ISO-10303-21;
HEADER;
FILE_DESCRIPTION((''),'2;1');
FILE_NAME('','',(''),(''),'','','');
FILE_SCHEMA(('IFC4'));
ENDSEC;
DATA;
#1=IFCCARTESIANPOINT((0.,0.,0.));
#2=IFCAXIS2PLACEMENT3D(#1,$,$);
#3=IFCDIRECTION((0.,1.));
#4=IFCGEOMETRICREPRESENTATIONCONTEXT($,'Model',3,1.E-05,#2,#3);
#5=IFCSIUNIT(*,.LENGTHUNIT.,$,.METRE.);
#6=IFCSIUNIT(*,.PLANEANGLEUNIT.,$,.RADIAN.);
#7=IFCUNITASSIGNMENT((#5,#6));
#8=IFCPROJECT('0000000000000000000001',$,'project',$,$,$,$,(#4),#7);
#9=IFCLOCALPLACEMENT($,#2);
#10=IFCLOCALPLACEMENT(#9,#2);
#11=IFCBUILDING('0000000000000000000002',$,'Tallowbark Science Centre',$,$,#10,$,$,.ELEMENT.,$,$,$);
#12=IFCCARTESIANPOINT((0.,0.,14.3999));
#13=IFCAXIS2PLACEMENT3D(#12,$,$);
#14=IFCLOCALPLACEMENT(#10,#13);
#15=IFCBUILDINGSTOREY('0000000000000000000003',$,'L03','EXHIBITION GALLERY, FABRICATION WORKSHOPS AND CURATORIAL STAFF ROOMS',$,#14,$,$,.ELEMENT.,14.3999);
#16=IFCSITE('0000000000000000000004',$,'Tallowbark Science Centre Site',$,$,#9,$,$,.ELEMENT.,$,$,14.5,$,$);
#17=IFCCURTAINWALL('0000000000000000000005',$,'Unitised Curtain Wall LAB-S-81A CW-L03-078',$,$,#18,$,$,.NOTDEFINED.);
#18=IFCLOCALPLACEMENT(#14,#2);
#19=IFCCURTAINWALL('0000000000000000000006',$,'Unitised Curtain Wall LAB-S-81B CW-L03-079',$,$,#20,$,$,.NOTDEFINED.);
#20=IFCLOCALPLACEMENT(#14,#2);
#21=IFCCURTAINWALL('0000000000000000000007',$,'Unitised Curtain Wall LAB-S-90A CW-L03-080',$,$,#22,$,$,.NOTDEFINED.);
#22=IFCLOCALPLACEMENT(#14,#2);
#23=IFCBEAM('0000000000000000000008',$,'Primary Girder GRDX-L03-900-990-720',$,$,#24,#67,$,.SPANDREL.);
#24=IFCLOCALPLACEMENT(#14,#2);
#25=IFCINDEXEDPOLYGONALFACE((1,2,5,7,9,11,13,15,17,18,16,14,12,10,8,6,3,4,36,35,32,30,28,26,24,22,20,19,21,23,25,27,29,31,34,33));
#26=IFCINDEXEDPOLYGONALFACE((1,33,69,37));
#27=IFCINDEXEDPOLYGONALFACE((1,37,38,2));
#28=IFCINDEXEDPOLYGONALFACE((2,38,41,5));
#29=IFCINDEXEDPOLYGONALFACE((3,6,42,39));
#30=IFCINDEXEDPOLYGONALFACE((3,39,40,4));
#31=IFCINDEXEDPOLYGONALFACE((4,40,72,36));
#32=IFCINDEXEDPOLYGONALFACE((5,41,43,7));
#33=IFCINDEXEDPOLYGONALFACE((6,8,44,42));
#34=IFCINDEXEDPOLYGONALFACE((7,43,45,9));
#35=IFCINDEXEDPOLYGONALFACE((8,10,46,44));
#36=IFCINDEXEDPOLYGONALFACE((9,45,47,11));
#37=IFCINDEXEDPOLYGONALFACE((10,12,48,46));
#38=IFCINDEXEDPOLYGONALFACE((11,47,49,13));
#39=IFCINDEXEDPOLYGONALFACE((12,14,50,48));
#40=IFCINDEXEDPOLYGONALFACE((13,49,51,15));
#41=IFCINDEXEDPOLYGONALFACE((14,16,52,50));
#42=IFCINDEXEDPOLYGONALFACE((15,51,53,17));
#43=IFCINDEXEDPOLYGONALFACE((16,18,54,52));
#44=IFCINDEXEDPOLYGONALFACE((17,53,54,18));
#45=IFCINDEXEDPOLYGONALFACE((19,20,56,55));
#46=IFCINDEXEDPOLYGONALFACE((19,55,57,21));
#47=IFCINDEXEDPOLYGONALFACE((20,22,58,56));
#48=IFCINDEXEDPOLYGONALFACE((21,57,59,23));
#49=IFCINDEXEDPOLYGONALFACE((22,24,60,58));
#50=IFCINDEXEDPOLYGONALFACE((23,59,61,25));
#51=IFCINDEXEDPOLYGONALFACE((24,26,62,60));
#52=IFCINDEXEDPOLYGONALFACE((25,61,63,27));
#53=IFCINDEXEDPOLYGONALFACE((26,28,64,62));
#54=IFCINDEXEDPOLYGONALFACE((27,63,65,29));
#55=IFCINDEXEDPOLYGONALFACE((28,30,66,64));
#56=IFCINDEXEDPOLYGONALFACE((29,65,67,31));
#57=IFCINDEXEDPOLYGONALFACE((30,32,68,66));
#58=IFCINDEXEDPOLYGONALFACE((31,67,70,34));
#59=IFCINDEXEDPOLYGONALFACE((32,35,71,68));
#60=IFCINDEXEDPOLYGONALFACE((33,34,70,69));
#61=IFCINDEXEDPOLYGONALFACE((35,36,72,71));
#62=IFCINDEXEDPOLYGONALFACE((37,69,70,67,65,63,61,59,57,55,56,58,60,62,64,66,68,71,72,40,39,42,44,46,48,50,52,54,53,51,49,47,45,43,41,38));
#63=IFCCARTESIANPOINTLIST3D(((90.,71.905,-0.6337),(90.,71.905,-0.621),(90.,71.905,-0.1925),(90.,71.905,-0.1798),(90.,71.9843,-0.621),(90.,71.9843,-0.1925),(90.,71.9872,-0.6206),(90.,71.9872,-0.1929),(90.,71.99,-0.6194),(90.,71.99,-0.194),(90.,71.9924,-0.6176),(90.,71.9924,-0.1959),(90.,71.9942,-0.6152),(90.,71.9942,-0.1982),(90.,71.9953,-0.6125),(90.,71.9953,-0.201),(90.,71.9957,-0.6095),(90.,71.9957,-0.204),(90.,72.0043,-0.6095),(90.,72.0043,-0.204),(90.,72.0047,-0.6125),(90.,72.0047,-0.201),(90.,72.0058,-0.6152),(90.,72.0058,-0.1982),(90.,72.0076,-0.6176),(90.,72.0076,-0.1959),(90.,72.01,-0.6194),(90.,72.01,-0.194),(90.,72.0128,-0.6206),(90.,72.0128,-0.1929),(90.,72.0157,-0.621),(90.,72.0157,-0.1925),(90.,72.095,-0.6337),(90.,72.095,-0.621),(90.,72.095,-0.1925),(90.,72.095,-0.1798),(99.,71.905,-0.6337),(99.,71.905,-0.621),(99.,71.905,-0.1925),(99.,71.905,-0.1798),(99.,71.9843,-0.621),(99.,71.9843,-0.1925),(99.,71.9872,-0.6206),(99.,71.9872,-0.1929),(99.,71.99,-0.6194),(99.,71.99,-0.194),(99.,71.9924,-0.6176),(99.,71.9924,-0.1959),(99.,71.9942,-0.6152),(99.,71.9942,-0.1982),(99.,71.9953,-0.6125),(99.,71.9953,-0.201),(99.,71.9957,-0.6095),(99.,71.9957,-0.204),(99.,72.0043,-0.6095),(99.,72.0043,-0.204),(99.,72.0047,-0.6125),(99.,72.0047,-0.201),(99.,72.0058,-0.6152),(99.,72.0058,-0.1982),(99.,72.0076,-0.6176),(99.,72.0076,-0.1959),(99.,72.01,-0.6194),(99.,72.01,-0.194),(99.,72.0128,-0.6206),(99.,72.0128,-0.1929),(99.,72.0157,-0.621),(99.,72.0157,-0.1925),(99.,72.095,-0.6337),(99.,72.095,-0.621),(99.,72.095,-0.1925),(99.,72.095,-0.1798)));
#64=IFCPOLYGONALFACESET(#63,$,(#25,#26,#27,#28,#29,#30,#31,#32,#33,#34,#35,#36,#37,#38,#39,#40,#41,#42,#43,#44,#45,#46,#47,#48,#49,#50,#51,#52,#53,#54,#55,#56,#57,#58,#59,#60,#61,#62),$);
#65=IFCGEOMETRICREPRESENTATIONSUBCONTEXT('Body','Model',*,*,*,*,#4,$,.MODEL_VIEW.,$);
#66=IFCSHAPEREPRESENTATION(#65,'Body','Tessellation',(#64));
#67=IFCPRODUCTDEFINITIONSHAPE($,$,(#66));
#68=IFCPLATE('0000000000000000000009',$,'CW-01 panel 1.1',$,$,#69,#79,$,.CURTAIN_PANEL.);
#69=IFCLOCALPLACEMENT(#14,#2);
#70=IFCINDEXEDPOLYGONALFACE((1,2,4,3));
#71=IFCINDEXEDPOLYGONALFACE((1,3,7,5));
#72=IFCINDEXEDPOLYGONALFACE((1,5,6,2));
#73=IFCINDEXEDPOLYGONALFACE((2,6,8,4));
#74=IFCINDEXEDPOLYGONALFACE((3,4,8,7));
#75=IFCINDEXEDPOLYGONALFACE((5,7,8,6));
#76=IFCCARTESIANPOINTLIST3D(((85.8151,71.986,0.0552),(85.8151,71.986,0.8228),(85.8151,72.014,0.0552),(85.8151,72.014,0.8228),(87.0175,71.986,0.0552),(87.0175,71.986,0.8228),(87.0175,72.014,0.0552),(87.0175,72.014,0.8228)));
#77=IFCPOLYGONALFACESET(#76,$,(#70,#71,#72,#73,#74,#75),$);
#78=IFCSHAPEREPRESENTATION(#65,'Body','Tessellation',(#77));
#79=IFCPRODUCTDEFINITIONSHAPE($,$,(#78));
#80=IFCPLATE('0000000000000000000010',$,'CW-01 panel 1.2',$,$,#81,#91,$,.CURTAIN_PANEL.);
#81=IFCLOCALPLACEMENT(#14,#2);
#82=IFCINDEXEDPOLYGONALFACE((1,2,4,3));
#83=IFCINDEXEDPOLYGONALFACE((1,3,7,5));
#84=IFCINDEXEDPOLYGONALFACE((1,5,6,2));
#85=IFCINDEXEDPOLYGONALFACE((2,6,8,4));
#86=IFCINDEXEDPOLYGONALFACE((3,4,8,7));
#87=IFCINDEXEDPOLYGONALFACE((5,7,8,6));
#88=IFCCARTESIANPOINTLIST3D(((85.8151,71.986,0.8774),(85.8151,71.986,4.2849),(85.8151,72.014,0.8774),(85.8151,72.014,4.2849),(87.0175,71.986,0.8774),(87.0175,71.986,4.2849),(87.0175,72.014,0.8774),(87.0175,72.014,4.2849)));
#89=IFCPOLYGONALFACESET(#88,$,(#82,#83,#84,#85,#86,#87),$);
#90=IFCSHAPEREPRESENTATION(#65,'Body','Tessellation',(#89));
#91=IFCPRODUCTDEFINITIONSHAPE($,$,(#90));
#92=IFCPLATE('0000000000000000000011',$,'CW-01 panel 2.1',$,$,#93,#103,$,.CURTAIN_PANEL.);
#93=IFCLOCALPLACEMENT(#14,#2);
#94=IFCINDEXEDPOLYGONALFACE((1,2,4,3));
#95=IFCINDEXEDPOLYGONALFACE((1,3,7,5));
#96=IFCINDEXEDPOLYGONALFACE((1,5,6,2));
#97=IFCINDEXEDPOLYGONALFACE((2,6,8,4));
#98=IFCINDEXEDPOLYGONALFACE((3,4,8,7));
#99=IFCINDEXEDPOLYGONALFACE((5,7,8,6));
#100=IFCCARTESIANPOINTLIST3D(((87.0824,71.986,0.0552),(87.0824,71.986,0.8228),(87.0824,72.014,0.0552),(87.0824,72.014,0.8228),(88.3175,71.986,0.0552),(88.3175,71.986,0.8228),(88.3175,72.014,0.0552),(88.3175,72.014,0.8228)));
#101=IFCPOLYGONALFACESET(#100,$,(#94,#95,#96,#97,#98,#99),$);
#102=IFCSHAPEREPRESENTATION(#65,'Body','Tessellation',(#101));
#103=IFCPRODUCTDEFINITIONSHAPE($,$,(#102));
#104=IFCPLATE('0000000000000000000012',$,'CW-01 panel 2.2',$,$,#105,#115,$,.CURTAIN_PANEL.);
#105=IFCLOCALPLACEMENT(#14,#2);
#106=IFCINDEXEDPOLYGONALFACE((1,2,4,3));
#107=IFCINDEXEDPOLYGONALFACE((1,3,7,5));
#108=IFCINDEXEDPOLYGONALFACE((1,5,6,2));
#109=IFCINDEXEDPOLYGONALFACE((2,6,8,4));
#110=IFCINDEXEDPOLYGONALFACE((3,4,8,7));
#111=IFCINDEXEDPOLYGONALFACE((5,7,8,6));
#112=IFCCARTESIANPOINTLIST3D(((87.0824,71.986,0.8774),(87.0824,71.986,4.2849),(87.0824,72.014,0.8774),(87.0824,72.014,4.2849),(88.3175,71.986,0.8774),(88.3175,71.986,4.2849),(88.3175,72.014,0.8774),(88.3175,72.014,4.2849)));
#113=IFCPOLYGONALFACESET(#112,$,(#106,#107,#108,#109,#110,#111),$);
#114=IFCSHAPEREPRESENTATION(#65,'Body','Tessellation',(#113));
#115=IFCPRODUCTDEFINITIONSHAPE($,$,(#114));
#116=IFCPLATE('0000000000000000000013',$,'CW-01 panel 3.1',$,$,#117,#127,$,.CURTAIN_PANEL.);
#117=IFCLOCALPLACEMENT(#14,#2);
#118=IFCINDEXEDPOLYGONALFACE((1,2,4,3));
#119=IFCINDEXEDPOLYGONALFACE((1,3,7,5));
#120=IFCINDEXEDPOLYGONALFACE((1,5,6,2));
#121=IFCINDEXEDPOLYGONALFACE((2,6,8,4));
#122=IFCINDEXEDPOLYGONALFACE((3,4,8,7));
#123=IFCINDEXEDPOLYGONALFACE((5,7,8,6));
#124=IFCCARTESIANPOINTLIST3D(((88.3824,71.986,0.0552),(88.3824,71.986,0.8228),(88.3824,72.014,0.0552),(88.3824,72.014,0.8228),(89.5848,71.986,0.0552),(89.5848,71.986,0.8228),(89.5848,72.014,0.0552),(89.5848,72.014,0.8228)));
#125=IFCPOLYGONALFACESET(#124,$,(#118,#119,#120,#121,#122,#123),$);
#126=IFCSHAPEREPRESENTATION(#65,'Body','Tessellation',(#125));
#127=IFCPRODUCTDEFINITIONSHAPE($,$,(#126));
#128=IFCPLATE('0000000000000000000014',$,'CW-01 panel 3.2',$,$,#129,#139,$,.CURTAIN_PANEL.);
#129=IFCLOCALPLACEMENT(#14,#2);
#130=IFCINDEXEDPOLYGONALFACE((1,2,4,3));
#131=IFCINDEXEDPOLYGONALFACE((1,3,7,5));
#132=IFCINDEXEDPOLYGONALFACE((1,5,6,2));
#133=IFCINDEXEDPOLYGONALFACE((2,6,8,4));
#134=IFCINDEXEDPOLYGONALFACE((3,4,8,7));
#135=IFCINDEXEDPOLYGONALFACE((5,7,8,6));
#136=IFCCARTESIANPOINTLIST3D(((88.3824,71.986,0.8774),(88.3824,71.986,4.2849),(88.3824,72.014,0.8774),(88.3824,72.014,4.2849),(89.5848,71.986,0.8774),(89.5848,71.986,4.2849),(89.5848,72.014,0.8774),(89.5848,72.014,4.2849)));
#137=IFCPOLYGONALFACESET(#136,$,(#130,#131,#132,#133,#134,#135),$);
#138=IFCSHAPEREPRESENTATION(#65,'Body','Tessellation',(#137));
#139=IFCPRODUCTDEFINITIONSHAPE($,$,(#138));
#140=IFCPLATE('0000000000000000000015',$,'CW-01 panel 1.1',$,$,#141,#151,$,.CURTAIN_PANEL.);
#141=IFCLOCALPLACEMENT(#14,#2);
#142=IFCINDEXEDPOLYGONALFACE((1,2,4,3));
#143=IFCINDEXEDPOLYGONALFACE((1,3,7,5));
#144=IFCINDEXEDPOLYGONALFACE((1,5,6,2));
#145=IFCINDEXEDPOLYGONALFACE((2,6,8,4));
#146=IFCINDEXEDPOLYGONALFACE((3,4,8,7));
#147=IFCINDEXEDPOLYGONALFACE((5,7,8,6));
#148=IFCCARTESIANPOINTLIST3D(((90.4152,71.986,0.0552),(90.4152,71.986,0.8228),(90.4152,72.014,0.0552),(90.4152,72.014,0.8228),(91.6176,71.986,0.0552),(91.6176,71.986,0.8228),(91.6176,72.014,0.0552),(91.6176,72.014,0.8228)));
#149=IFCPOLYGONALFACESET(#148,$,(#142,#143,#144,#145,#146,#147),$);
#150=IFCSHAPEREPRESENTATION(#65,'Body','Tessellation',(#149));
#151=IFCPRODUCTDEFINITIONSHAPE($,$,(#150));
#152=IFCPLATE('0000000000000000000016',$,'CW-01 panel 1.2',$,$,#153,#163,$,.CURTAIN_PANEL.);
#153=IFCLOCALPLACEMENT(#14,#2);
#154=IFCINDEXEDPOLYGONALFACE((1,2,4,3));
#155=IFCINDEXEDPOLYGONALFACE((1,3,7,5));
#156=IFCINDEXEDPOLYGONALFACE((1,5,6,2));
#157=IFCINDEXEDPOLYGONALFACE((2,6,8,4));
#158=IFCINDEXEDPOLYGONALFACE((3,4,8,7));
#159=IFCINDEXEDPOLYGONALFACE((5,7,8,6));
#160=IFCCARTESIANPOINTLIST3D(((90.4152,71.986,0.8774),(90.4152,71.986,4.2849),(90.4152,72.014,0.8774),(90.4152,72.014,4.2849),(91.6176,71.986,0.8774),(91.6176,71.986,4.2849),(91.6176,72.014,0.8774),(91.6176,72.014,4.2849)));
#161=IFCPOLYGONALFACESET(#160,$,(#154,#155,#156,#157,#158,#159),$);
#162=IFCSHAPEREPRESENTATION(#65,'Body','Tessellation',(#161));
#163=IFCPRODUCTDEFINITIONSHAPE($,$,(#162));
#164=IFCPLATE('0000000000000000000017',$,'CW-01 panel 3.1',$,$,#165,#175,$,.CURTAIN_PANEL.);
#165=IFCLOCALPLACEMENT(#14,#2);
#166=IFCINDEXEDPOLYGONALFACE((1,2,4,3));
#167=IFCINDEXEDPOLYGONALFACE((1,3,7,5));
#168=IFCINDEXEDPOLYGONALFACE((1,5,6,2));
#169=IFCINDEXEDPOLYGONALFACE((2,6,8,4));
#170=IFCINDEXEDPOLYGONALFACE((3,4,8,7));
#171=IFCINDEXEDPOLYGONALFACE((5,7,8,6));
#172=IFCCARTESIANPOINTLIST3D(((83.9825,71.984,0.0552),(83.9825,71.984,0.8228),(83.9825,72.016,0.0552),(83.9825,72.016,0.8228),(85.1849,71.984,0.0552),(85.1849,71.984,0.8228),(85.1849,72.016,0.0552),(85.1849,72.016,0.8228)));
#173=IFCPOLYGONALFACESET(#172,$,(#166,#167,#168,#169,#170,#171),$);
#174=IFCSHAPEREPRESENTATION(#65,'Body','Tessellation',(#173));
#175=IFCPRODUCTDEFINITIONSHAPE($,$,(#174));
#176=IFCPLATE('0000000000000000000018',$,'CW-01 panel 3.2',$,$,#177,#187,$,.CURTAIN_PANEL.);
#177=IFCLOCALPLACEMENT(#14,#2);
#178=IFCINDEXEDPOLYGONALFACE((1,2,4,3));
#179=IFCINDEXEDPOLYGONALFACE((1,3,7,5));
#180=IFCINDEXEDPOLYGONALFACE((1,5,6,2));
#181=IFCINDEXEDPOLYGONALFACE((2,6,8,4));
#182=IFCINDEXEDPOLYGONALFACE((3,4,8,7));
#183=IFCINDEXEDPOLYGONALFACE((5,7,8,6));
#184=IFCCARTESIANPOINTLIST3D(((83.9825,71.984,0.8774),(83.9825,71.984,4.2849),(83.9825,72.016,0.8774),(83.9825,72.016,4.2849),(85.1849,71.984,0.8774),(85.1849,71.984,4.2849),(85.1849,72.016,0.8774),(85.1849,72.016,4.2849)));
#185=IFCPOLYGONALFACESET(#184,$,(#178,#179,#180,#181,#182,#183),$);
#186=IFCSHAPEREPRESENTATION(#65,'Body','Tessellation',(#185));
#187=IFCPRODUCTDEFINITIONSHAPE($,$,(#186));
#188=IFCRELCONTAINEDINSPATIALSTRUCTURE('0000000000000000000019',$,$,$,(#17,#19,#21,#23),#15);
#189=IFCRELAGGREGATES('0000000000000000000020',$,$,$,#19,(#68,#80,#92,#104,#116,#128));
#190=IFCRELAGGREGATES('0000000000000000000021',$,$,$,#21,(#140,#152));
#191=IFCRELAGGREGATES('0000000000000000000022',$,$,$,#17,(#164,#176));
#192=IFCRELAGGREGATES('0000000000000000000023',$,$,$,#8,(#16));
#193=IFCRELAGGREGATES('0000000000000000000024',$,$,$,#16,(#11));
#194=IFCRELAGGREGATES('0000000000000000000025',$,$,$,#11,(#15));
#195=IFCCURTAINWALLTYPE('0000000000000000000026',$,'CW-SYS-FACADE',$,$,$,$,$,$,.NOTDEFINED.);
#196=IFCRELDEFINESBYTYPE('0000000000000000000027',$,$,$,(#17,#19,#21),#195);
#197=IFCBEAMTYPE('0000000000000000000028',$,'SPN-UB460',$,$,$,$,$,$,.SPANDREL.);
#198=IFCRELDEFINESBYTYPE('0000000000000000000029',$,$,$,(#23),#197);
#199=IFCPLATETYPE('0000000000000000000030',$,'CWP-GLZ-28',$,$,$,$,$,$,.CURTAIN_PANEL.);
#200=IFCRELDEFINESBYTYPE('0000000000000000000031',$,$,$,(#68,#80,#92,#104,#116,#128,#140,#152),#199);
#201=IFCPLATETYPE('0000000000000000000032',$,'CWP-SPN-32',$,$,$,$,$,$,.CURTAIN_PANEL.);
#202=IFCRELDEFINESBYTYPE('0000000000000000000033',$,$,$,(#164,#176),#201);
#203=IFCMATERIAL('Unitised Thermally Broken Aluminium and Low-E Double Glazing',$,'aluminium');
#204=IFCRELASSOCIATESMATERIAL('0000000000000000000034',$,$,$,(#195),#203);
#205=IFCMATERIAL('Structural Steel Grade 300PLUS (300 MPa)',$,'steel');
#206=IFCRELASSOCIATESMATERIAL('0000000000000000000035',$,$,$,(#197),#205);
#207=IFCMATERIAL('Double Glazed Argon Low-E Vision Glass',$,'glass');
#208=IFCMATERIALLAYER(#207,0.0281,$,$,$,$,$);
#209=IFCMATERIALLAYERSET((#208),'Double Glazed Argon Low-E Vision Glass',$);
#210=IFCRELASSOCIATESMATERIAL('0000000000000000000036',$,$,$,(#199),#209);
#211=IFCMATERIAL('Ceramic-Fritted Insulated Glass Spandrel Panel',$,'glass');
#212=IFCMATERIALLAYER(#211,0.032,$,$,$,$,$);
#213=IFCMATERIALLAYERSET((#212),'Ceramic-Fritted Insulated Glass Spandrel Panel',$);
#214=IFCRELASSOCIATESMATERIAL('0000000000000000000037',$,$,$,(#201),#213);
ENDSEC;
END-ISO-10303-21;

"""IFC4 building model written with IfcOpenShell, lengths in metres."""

from ifc_helpers import new_model, si_unit, direction, frame, origin, origin_2d, place, context, subcontext, project, spatial, rectangle, i_section, extrude, material, layer, layer_set, material_profile, profile_set, type_object, element, aggregate, save


model = new_model("IFC4")

# Units and contexts
model_context = context("Model", 3, precision=1e-05, world=origin(), true_north=direction((0.0, 1.0)))
body_context = subcontext(model_context, "Body", "Model", "MODEL_VIEW")
ifc_project = project(units=[si_unit("LENGTHUNIT", "METRE"), si_unit("PLANEANGLEUNIT", "RADIAN")], contexts=[model_context])

# Site, building, storey
site_placement = place(None, origin())
site = spatial("IfcSite", under=ifc_project, at=site_placement, Name="Tallowbark Science Centre Site", CompositionType="ELEMENT", RefElevation=14.5)
building_placement = place(site_placement, origin())
building = spatial("IfcBuilding", under=site, at=building_placement, Name="Tallowbark Science Centre", CompositionType="ELEMENT")
storey_placement = place(building_placement, frame((0.0, 0.0, 14.3999)))
storey = spatial("IfcBuildingStorey", under=building, at=storey_placement, Name="L03", Description="EXHIBITION GALLERY, FABRICATION WORKSHOPS AND CURATORIAL STAFF ROOMS", CompositionType="ELEMENT", Elevation=14.3999)

# Shared definitions
ifc_material_1 = material(Name="Structural Steel Grade 300PLUS (300 MPa)", Category="steel")

# Curtain wall
ifc_material_2 = material(Name="Unitised Thermally Broken Aluminium and Low-E Double Glazing", Category="aluminium")
curtain_wall_type = type_object("IfcCurtainWallType", Name="CW-SYS-FACADE", PredefinedType="NOTDEFINED", material=ifc_material_2)
curtain_wall_1_placement = place(storey_placement, origin())
curtain_wall_1 = element("IfcCurtainWall", 1, at=curtain_wall_1_placement, inside=storey, type_object=curtain_wall_type, Name="Unitised Curtain Wall LAB-S-81A CW-L03-078", PredefinedType="NOTDEFINED")

# Curtain wall
curtain_wall_2_placement = place(storey_placement, origin())
curtain_wall_2 = element("IfcCurtainWall", 2, at=curtain_wall_2_placement, inside=storey, type_object=curtain_wall_type, Name="Unitised Curtain Wall LAB-S-81B CW-L03-079", PredefinedType="NOTDEFINED")

# Curtain wall
curtain_wall_3_placement = place(storey_placement, origin())
curtain_wall_3 = element("IfcCurtainWall", 3, at=curtain_wall_3_placement, inside=storey, type_object=curtain_wall_type, Name="Unitised Curtain Wall LAB-S-90A CW-L03-080", PredefinedType="NOTDEFINED")

# Beam
ifc_material_profile_1 = material_profile(ifc_material_1, i_section(OverallWidth=0.1899, OverallDepth=0.4539, WebThickness=0.0085, FlangeThickness=0.0127, FilletRadius=0.0115, at=origin_2d()), Name="460UB67.1")
ifc_profile_set_1 = profile_set([ifc_material_profile_1], Name="Structural Steel Grade 300PLUS (300 MPa)")
beam_type_1 = type_object("IfcBeamType", Name="SPN-UB460", PredefinedType="SPANDREL", material=ifc_profile_set_1)
beam_1_placement = place(storey_placement, frame((90.0, 72.0, -0.4067), z_axis=(1.0, 0.0, 0.0), x_axis=(0.0, 1.0, 0.0)))
element("IfcBeam", 4, at=beam_1_placement, inside=storey, type_object=beam_type_1, Name="Primary Girder GRDX-L03-900-990-720", PredefinedType="SPANDREL", context=body_context, shape_type="SweptSolid", body=[
    extrude(i_section(OverallWidth=0.1899, OverallDepth=0.4539, WebThickness=0.0085, FlangeThickness=0.0127, FilletRadius=0.0115, at=origin_2d()), origin(), (0.0, 0.0, 1.0), 9.0),
])

# Plates
ifc_material_3 = material(Name="Double Glazed Argon Low-E Vision Glass", Category="glass")
ifc_layer_1 = layer(ifc_material_3, 0.0281)
ifc_layer_set_1 = layer_set([ifc_layer_1], Name="Double Glazed Argon Low-E Vision Glass")
plate_type_1 = type_object("IfcPlateType", Name="CWP-GLZ-28", PredefinedType="CURTAIN_PANEL", material=ifc_layer_set_1)
plate_1_placement = place(storey_placement, frame((86.4163, 72.0, 0.0552), z_axis=(0.0, 0.0, 1.0), x_axis=(1.0, 0.0, 0.0)))
plate_1 = element("IfcPlate", 5, at=plate_1_placement, type_object=plate_type_1, Name="CW-01 panel 1.1", PredefinedType="CURTAIN_PANEL", context=body_context, shape_type="SweptSolid", body=[
    extrude(rectangle(XDim=1.2024, YDim=0.0281, at=origin_2d()), origin(), (0.0, 0.0, 1.0), 0.7676),
])
plate_2_placement = place(storey_placement, frame((86.4163, 72.0, 0.8774), z_axis=(0.0, 0.0, 1.0), x_axis=(1.0, 0.0, 0.0)))
plate_2 = element("IfcPlate", 6, at=plate_2_placement, type_object=plate_type_1, Name="CW-01 panel 1.2", PredefinedType="CURTAIN_PANEL", context=body_context, shape_type="SweptSolid", body=[
    extrude(rectangle(XDim=1.2024, YDim=0.0281, at=origin_2d()), origin(), (0.0, 0.0, 1.0), 3.4075),
])
plate_3_placement = place(storey_placement, frame((87.7, 72.0, 0.0552), z_axis=(0.0, 0.0, 1.0), x_axis=(1.0, 0.0, 0.0)))
plate_3 = element("IfcPlate", 7, at=plate_3_placement, type_object=plate_type_1, Name="CW-01 panel 2.1", PredefinedType="CURTAIN_PANEL", context=body_context, shape_type="SweptSolid", body=[
    extrude(rectangle(XDim=1.2351, YDim=0.0281, at=origin_2d()), origin(), (0.0, 0.0, 1.0), 0.7676),
])
plate_4_placement = place(storey_placement, frame((87.7, 72.0, 0.8774), z_axis=(0.0, 0.0, 1.0), x_axis=(1.0, 0.0, 0.0)))
plate_4 = element("IfcPlate", 8, at=plate_4_placement, type_object=plate_type_1, Name="CW-01 panel 2.2", PredefinedType="CURTAIN_PANEL", context=body_context, shape_type="SweptSolid", body=[
    extrude(rectangle(XDim=1.2351, YDim=0.0281, at=origin_2d()), origin(), (0.0, 0.0, 1.0), 3.4075),
])
plate_5_placement = place(storey_placement, frame((88.9836, 72.0, 0.0552), z_axis=(0.0, 0.0, 1.0), x_axis=(1.0, 0.0, 0.0)))
plate_5 = element("IfcPlate", 9, at=plate_5_placement, type_object=plate_type_1, Name="CW-01 panel 3.1", PredefinedType="CURTAIN_PANEL", context=body_context, shape_type="SweptSolid", body=[
    extrude(rectangle(XDim=1.2024, YDim=0.0281, at=origin_2d()), origin(), (0.0, 0.0, 1.0), 0.7676),
])
plate_6_placement = place(storey_placement, frame((88.9836, 72.0, 0.8774), z_axis=(0.0, 0.0, 1.0), x_axis=(1.0, 0.0, 0.0)))
plate_6 = element("IfcPlate", 10, at=plate_6_placement, type_object=plate_type_1, Name="CW-01 panel 3.2", PredefinedType="CURTAIN_PANEL", context=body_context, shape_type="SweptSolid", body=[
    extrude(rectangle(XDim=1.2024, YDim=0.0281, at=origin_2d()), origin(), (0.0, 0.0, 1.0), 3.4075),
])
aggregate(curtain_wall_2, [plate_1, plate_2, plate_3, plate_4, plate_5, plate_6])
plate_7_placement = place(storey_placement, frame((91.0164, 72.0, 0.0552), z_axis=(0.0, 0.0, 1.0), x_axis=(1.0, 0.0, 0.0)))
plate_7 = element("IfcPlate", 11, at=plate_7_placement, type_object=plate_type_1, Name="CW-01 panel 1.1", PredefinedType="CURTAIN_PANEL", context=body_context, shape_type="SweptSolid", body=[
    extrude(rectangle(XDim=1.2024, YDim=0.0281, at=origin_2d()), origin(), (0.0, 0.0, 1.0), 0.7676),
])
plate_8_placement = place(storey_placement, frame((91.0164, 72.0, 0.8774), z_axis=(0.0, 0.0, 1.0), x_axis=(1.0, 0.0, 0.0)))
plate_8 = element("IfcPlate", 12, at=plate_8_placement, type_object=plate_type_1, Name="CW-01 panel 1.2", PredefinedType="CURTAIN_PANEL", context=body_context, shape_type="SweptSolid", body=[
    extrude(rectangle(XDim=1.2024, YDim=0.0281, at=origin_2d()), origin(), (0.0, 0.0, 1.0), 3.4075),
])
aggregate(curtain_wall_3, [plate_7, plate_8])
ifc_material_4 = material(Name="Ceramic-Fritted Insulated Glass Spandrel Panel", Category="glass")
ifc_layer_2 = layer(ifc_material_4, 0.032)
ifc_layer_set_2 = layer_set([ifc_layer_2], Name="Ceramic-Fritted Insulated Glass Spandrel Panel")
plate_type_2 = type_object("IfcPlateType", Name="CWP-SPN-32", PredefinedType="CURTAIN_PANEL", material=ifc_layer_set_2)
plate_9_placement = place(storey_placement, frame((84.5837, 72.0, 0.0552), z_axis=(0.0, 0.0, 1.0), x_axis=(1.0, 0.0, 0.0)))
plate_9 = element("IfcPlate", 13, at=plate_9_placement, type_object=plate_type_2, Name="CW-01 panel 3.1", PredefinedType="CURTAIN_PANEL", context=body_context, shape_type="SweptSolid", body=[
    extrude(rectangle(XDim=1.2024, YDim=0.032, at=origin_2d()), origin(), (0.0, 0.0, 1.0), 0.7676),
])
plate_10_placement = place(storey_placement, frame((84.5837, 72.0, 0.8774), z_axis=(0.0, 0.0, 1.0), x_axis=(1.0, 0.0, 0.0)))
plate_10 = element("IfcPlate", 14, at=plate_10_placement, type_object=plate_type_2, Name="CW-01 panel 3.2", PredefinedType="CURTAIN_PANEL", context=body_context, shape_type="SweptSolid", body=[
    extrude(rectangle(XDim=1.2024, YDim=0.032, at=origin_2d()), origin(), (0.0, 0.0, 1.0), 3.4075),
])
aggregate(curtain_wall_1, [plate_9, plate_10])

save(model, "model.ifc")
